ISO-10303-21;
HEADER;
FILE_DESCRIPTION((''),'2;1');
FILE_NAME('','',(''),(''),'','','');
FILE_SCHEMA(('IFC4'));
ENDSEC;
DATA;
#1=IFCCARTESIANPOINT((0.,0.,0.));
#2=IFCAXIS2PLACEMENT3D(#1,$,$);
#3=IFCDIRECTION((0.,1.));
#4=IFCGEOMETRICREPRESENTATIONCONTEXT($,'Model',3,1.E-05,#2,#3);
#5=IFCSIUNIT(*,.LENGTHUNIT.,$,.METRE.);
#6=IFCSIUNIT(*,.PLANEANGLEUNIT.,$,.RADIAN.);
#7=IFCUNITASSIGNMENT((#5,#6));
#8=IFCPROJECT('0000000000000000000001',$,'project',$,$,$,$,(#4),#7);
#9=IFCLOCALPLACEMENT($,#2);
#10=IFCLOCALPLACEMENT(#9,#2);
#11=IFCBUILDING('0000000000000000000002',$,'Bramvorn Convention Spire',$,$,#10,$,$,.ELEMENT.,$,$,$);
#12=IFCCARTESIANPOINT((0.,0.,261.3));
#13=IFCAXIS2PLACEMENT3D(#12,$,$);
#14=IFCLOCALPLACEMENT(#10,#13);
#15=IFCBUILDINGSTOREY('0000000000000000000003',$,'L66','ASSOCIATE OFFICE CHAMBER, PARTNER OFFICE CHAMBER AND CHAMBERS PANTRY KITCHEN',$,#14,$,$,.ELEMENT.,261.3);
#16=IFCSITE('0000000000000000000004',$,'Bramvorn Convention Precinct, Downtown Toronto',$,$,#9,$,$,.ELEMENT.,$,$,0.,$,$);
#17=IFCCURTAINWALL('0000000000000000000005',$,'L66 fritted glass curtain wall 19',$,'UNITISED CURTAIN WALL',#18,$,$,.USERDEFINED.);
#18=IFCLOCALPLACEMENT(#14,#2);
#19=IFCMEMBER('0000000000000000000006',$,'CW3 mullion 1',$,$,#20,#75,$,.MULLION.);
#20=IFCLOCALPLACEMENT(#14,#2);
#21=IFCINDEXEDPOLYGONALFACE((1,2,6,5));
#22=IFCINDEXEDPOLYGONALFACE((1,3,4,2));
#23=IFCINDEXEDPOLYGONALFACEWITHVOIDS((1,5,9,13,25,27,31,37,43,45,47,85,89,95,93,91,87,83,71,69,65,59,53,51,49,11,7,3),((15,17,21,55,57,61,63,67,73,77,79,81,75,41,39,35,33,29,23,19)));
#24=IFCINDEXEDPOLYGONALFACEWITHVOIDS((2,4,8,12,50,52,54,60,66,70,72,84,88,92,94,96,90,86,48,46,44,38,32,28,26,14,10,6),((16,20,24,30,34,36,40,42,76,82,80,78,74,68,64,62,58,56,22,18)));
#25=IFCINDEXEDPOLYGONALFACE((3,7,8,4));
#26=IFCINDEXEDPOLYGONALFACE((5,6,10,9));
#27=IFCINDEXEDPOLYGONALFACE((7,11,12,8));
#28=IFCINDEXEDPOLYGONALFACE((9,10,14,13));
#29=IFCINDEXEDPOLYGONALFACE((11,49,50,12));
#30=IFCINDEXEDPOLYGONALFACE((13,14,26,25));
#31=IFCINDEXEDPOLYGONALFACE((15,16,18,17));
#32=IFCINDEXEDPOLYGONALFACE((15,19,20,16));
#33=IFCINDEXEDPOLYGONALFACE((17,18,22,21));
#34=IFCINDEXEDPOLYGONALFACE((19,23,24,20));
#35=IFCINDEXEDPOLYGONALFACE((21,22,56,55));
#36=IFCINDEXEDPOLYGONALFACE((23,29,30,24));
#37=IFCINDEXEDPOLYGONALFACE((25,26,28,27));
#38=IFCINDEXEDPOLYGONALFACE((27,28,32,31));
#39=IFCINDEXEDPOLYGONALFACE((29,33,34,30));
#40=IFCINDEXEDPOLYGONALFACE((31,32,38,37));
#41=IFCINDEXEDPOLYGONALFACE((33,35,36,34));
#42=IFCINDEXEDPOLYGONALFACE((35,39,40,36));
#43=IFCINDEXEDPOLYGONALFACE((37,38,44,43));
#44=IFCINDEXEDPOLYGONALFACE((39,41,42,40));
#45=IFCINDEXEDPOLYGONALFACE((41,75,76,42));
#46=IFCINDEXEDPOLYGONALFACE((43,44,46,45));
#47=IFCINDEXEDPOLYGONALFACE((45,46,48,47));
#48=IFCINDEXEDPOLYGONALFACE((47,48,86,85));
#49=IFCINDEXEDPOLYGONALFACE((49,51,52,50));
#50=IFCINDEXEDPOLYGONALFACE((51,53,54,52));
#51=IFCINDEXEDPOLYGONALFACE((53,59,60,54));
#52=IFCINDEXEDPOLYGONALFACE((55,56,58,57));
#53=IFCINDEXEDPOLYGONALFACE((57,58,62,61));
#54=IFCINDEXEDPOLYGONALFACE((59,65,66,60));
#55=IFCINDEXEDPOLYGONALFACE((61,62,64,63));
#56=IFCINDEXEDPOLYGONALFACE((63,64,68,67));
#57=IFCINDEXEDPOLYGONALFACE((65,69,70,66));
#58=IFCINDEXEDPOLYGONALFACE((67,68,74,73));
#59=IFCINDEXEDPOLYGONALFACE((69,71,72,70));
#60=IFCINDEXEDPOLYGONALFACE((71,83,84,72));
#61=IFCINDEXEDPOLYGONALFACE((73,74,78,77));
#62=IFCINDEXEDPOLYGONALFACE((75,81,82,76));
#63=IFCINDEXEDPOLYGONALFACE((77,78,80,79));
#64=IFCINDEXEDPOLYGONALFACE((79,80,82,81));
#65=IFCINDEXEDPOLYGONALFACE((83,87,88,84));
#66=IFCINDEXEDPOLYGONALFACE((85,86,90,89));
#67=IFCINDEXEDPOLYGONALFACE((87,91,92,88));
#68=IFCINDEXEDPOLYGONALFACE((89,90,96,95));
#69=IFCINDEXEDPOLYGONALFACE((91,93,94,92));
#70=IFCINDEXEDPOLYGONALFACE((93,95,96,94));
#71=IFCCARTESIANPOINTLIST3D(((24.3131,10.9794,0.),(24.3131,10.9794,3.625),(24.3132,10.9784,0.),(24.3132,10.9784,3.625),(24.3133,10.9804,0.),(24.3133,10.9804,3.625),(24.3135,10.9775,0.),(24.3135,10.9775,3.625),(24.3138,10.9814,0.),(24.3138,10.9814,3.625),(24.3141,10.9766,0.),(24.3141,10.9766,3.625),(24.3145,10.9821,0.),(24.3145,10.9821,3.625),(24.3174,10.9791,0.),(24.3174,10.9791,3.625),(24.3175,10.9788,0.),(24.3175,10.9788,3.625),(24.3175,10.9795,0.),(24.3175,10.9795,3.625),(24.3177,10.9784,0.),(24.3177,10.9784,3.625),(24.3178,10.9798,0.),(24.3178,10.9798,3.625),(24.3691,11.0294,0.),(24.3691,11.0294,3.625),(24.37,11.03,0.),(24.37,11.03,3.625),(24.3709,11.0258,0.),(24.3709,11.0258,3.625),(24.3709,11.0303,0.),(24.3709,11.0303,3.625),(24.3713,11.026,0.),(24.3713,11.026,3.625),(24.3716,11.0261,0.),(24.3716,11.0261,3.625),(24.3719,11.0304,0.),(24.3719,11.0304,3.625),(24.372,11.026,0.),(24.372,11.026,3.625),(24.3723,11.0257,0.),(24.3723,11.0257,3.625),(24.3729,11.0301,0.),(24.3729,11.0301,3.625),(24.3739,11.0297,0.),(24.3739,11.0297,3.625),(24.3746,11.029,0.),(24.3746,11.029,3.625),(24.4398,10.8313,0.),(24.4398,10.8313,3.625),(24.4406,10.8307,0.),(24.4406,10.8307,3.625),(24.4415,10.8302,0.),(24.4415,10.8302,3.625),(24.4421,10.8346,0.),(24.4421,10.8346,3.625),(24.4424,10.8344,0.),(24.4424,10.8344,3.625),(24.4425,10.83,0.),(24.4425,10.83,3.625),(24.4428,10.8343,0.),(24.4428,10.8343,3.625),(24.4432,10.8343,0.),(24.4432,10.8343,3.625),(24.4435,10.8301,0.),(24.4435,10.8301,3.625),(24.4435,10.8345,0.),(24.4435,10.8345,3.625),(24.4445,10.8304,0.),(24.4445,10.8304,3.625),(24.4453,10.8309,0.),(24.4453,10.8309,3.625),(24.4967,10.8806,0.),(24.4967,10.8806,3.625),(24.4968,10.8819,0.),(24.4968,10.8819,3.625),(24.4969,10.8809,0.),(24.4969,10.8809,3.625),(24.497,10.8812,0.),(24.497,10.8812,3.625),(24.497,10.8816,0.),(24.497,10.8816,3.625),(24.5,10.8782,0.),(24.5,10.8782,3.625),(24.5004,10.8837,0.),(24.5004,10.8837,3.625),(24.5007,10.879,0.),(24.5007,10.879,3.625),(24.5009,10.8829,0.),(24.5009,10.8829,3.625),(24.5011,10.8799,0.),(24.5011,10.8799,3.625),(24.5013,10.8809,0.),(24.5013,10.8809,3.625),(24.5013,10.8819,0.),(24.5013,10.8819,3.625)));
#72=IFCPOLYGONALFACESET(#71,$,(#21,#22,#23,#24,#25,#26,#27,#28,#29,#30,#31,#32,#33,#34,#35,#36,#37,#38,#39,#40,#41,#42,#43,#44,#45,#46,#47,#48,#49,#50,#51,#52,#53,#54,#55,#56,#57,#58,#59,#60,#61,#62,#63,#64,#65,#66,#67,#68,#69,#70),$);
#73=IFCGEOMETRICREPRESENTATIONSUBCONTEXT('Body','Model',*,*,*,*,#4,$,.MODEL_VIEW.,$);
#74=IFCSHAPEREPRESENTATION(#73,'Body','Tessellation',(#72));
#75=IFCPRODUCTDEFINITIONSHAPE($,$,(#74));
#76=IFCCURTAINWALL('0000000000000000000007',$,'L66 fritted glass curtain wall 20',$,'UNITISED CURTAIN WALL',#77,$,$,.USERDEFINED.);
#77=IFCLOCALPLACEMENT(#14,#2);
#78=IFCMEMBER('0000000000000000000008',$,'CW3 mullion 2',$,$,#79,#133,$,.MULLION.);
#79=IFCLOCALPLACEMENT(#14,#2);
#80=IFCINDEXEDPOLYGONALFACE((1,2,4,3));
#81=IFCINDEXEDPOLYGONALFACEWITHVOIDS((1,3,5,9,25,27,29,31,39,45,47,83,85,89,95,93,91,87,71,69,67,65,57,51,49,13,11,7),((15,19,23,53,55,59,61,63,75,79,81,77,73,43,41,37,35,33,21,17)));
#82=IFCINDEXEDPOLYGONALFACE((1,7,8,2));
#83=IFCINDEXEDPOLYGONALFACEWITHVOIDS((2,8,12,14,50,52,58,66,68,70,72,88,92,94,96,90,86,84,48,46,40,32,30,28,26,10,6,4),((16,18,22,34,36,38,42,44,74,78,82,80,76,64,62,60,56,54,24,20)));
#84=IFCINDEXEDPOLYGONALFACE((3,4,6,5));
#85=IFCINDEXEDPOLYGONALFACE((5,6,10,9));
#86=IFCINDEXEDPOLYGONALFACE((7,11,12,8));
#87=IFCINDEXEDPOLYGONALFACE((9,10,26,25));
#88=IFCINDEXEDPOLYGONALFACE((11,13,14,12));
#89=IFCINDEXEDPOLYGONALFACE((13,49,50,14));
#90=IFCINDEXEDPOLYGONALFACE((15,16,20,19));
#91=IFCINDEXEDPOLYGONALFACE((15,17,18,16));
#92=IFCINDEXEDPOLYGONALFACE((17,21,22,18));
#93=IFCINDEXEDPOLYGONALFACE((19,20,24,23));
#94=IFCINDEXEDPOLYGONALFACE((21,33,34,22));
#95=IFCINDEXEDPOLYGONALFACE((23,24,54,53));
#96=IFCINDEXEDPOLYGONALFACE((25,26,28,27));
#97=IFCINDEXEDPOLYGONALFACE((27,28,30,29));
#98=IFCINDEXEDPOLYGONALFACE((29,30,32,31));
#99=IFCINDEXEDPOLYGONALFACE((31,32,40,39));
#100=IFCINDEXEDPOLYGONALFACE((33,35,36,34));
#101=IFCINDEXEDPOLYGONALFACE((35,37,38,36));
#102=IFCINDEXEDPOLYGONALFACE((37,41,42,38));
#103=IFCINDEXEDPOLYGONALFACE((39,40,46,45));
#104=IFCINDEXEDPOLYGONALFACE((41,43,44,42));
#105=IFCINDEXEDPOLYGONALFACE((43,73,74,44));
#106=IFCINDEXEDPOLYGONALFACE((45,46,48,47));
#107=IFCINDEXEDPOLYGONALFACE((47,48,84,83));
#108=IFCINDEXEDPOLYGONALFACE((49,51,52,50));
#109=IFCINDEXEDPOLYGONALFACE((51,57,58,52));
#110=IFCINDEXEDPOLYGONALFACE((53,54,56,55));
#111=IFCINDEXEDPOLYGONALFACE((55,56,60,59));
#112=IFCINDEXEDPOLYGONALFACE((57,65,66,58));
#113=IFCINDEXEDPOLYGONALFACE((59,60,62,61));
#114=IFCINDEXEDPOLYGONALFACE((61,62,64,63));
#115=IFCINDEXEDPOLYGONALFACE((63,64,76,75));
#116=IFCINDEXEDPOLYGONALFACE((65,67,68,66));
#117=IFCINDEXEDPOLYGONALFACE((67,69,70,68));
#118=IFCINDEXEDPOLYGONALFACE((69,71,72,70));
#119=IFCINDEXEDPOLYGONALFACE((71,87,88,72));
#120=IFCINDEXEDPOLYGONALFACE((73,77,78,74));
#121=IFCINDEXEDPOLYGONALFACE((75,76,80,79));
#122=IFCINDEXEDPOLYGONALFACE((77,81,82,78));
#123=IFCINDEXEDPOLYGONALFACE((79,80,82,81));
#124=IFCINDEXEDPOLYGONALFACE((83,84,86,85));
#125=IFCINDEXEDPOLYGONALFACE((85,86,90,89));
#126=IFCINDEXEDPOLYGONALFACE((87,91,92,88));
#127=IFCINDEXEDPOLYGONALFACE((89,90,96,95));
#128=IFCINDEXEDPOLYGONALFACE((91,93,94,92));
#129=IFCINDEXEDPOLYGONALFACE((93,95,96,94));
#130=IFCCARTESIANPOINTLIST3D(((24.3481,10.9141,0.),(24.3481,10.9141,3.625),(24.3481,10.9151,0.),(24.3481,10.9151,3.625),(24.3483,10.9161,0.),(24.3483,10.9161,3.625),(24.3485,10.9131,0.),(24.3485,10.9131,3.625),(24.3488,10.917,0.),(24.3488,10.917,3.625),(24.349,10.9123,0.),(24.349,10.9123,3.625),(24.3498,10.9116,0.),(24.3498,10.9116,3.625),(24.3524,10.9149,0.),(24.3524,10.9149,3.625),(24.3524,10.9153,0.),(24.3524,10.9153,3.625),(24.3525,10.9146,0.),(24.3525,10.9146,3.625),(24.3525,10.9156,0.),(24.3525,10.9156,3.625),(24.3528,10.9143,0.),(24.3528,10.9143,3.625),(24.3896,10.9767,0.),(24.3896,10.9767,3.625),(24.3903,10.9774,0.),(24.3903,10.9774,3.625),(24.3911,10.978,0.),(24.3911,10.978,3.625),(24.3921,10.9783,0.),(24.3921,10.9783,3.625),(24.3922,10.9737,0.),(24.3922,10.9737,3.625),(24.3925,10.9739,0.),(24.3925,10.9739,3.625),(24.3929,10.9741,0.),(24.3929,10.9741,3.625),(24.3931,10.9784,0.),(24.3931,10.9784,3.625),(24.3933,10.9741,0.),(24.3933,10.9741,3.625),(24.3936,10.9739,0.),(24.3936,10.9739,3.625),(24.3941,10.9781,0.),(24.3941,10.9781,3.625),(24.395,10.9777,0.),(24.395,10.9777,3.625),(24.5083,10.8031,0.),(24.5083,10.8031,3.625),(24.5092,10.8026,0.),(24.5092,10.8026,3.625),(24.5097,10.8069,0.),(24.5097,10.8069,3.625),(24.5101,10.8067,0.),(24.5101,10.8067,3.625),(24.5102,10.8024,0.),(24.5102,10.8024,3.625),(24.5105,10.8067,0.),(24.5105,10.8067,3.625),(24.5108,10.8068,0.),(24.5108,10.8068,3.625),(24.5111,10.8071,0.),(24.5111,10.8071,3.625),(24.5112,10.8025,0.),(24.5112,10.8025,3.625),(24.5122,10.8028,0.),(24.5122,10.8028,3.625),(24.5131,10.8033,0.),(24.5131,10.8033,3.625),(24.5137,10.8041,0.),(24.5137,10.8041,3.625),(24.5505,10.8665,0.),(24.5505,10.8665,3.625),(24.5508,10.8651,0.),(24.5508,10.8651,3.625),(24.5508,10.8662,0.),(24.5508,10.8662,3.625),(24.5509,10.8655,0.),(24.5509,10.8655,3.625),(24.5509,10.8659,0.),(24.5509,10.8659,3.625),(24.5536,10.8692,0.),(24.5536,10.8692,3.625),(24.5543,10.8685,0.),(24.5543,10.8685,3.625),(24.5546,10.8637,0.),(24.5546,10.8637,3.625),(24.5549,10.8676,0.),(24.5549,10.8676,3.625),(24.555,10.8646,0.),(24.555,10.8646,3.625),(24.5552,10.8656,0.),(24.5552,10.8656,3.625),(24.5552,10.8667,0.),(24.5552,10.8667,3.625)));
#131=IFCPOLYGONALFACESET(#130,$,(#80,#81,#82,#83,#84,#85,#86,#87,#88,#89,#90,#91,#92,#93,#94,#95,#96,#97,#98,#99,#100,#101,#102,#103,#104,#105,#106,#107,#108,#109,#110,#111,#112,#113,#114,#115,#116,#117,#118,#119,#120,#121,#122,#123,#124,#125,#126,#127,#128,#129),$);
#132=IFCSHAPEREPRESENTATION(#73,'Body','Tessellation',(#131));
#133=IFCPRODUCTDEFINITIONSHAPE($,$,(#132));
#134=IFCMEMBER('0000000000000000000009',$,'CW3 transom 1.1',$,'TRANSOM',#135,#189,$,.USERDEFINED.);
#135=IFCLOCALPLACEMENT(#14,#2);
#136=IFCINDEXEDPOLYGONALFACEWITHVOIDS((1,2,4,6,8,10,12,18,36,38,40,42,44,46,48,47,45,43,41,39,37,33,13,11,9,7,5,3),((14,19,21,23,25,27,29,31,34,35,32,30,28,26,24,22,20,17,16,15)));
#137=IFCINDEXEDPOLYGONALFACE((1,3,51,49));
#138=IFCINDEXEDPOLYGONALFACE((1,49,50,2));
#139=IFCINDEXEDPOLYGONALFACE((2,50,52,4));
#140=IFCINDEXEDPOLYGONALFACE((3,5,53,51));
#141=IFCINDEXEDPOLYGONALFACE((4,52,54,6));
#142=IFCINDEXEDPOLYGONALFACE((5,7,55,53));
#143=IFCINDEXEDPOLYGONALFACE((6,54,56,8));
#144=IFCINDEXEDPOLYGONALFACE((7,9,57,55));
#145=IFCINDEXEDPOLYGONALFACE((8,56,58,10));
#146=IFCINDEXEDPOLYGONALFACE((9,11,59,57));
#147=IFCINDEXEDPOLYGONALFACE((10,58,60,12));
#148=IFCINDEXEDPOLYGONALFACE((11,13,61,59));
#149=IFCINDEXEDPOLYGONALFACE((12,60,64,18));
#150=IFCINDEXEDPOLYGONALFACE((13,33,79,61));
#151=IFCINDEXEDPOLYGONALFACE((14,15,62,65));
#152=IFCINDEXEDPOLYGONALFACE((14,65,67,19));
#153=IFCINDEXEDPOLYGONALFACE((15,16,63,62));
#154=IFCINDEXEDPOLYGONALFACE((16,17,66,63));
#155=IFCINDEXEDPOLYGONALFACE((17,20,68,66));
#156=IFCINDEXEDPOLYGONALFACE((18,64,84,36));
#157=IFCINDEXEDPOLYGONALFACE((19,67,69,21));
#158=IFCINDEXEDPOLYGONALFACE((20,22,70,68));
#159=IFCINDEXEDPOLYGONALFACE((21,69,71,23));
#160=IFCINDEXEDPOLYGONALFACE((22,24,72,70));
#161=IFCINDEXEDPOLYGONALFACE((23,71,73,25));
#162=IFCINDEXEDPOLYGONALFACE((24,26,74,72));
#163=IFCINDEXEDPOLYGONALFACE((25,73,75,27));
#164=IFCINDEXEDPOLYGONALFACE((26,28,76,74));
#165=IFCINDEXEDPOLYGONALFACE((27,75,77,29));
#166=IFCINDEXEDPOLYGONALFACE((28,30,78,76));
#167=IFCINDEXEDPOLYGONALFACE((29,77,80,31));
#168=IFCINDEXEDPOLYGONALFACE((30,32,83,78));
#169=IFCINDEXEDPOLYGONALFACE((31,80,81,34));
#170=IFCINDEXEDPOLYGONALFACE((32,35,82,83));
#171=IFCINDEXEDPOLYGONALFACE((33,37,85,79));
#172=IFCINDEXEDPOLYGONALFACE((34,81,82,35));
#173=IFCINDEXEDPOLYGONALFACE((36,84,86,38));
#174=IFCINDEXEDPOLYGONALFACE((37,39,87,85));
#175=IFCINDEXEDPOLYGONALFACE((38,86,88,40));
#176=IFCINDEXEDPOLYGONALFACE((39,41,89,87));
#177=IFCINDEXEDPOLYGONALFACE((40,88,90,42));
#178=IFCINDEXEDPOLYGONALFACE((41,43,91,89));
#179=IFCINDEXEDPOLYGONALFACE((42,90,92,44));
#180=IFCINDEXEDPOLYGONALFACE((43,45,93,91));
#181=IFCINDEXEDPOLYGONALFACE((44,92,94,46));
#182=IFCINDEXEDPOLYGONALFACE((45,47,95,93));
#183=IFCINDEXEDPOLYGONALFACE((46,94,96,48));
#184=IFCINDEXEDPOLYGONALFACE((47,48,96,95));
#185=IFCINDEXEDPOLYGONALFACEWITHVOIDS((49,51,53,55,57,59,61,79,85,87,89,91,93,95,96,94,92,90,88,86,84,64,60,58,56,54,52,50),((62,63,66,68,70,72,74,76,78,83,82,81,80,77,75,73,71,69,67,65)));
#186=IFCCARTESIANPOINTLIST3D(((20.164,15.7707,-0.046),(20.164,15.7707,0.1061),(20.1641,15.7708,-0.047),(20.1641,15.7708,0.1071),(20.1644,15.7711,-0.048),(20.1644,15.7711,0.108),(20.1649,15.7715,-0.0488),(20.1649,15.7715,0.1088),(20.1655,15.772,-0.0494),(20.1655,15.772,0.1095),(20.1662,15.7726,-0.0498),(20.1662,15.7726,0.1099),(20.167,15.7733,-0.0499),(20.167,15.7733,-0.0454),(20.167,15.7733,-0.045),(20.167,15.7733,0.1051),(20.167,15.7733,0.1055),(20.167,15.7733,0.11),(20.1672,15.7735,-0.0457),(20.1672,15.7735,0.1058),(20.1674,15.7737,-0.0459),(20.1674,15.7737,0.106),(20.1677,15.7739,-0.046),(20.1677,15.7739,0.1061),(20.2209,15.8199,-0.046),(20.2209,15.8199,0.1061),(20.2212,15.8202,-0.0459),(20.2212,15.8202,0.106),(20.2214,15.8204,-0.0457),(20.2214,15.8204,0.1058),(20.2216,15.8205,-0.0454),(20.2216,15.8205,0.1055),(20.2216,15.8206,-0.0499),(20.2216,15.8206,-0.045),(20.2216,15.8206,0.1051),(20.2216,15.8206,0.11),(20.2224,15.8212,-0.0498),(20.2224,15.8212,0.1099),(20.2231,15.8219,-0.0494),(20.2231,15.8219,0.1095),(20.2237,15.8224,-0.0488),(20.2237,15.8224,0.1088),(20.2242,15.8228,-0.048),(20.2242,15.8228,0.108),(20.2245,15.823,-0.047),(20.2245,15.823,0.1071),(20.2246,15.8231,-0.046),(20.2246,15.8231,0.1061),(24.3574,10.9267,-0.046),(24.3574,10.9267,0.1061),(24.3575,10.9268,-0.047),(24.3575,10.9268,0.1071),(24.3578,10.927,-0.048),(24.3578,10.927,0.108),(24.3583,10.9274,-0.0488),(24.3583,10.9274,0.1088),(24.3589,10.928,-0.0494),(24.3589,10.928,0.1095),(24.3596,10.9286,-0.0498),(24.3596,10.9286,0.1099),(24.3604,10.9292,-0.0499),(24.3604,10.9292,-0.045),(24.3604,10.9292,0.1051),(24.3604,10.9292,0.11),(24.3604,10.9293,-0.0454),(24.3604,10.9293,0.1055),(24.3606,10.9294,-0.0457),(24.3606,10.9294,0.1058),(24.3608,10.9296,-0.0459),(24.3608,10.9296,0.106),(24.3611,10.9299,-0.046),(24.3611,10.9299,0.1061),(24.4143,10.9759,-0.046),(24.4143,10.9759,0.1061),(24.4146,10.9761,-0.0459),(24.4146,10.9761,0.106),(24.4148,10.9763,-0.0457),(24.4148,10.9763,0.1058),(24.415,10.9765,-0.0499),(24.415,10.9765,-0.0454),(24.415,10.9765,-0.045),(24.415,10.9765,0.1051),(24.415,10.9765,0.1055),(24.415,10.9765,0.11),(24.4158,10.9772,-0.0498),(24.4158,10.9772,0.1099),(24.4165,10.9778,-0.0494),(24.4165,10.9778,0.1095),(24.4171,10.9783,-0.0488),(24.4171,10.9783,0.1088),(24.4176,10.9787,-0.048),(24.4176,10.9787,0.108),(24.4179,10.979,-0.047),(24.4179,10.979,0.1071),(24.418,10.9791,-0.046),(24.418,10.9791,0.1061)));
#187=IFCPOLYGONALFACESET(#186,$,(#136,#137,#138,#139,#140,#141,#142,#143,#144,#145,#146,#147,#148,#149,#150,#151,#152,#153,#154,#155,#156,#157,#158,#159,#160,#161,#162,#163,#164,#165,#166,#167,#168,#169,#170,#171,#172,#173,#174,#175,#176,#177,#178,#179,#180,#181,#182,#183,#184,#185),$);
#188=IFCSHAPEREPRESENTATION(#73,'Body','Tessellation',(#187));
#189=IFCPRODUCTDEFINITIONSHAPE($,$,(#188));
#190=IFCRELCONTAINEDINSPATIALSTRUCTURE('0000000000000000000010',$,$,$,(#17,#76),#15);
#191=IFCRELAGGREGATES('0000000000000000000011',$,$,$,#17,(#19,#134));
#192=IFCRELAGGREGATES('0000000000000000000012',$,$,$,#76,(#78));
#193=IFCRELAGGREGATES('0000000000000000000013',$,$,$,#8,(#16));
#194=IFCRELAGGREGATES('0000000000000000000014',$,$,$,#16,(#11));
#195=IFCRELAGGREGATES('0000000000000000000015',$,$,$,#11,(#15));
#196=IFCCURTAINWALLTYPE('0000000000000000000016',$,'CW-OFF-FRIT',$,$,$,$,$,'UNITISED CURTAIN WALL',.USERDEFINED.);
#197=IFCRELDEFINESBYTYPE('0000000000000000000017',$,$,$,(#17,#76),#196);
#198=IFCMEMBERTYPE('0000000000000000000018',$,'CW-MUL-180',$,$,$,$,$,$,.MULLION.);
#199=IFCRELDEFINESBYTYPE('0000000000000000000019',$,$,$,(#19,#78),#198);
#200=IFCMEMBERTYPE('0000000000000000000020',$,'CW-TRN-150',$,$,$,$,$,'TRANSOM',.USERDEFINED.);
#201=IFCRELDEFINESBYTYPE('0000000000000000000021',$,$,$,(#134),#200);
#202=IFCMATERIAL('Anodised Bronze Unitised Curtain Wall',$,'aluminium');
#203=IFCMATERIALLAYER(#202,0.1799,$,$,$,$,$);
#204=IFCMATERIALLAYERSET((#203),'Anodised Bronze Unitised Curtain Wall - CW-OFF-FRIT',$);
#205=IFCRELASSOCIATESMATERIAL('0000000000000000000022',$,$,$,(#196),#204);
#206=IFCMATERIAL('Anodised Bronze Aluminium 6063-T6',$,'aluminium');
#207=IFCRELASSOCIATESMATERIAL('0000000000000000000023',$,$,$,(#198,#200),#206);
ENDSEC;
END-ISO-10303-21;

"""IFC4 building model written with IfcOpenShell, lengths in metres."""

from ifc_helpers import new_model, si_unit, direction, frame, origin, origin_2d, place, context, subcontext, project, spatial, hollow_rectangle, extrude, material, layer, layer_set, material_profile, profile_set, type_object, element, aggregate, save


model = new_model("IFC4")

# Units and contexts
model_context = context("Model", 3, precision=1e-05, world=origin(), true_north=direction((0.0, 1.0)))
body_context = subcontext(model_context, "Body", "Model", "MODEL_VIEW")
ifc_project = project(units=[si_unit("LENGTHUNIT", "METRE"), si_unit("PLANEANGLEUNIT", "RADIAN")], contexts=[model_context])

# Site, building, storey
site_placement = place(None, origin())
site = spatial("IfcSite", under=ifc_project, at=site_placement, Name="Bramvorn Convention Precinct, Downtown Toronto", CompositionType="ELEMENT", RefElevation=0.0)
building_placement = place(site_placement, origin())
building = spatial("IfcBuilding", under=site, at=building_placement, Name="Bramvorn Convention Spire", CompositionType="ELEMENT")
storey_placement = place(building_placement, frame((0.0, 0.0, 261.3)))
storey = spatial("IfcBuildingStorey", under=building, at=storey_placement, Name="L66", Description="ASSOCIATE OFFICE CHAMBER, PARTNER OFFICE CHAMBER AND CHAMBERS PANTRY KITCHEN", CompositionType="ELEMENT", Elevation=261.3)

# Curtain walls, members
ifc_material_1 = material(Name="Anodised Bronze Unitised Curtain Wall", Category="aluminium")
ifc_layer_1 = layer(ifc_material_1, 0.1799)
ifc_layer_set_1 = layer_set([ifc_layer_1], Name="Anodised Bronze Unitised Curtain Wall - CW-OFF-FRIT")
curtain_wall_type = type_object("IfcCurtainWallType", Name="CW-OFF-FRIT", ElementType="UNITISED CURTAIN WALL", PredefinedType="USERDEFINED", material=ifc_layer_set_1)
curtain_wall_1_placement = place(storey_placement, origin())
curtain_wall_1 = element("IfcCurtainWall", 1, at=curtain_wall_1_placement, inside=storey, type_object=curtain_wall_type, Name="L66 fritted glass curtain wall 19", ObjectType="UNITISED CURTAIN WALL", PredefinedType="USERDEFINED")
ifc_material_2 = material(Name="Anodised Bronze Aluminium 6063-T6", Category="aluminium")
ifc_material_profile_1 = material_profile(ifc_material_2, hollow_rectangle(XDim=0.0801, YDim=0.2, WallThickness=0.0039, InnerFilletRadius=0.001, OuterFilletRadius=0.0039, at=origin_2d()))
ifc_profile_set_1 = profile_set([ifc_material_profile_1], Name="Anodised Bronze Aluminium 6063-T6 - CWM80X200")
member_type_1 = type_object("IfcMemberType", Name="CW-MUL-180", PredefinedType="MULLION", material=ifc_profile_set_1)
member_1_placement = place(storey_placement, frame((24.4072, 10.9302, 0.0), z_axis=(0.0, 0.0, 1.0), x_axis=(-0.756063, -0.654499, 0.0)))
member_1 = element("IfcMember", 2, at=member_1_placement, type_object=member_type_1, Name="CW3 mullion 1", PredefinedType="MULLION", context=body_context, shape_type="SweptSolid", body=[
    extrude(hollow_rectangle(XDim=0.0801, YDim=0.2, WallThickness=0.0039, InnerFilletRadius=0.001, OuterFilletRadius=0.0039, at=origin_2d()), origin(), (0.0, 0.0, 1.0), 3.625),
])
curtain_wall_2_placement = place(storey_placement, origin())
curtain_wall_2 = element("IfcCurtainWall", 3, at=curtain_wall_2_placement, inside=storey, type_object=curtain_wall_type, Name="L66 fritted glass curtain wall 20", ObjectType="UNITISED CURTAIN WALL", PredefinedType="USERDEFINED")
member_2_placement = place(storey_placement, frame((24.4517, 10.8904, 0.0), z_axis=(0.0, 0.0, 1.0), x_axis=(-0.564864, -0.825184, 0.0)))
member_2 = element("IfcMember", 4, at=member_2_placement, type_object=member_type_1, Name="CW3 mullion 2", PredefinedType="MULLION", context=body_context, shape_type="SweptSolid", body=[
    extrude(hollow_rectangle(XDim=0.0801, YDim=0.2, WallThickness=0.0039, InnerFilletRadius=0.001, OuterFilletRadius=0.0039, at=origin_2d()), origin(), (0.0, 0.0, 1.0), 3.625),
])

# Member
ifc_material_profile_2 = material_profile(ifc_material_2, hollow_rectangle(XDim=0.0801, YDim=0.1599, WallThickness=0.0039, InnerFilletRadius=0.001, OuterFilletRadius=0.0039, at=origin_2d()))
ifc_profile_set_2 = profile_set([ifc_material_profile_2], Name="Anodised Bronze Aluminium 6063-T6 - CWT80X160")
member_type_2 = type_object("IfcMemberType", Name="CW-TRN-150", ElementType="TRANSOM", PredefinedType="USERDEFINED", material=ifc_profile_set_2)
member_3_placement = place(storey_placement, frame((24.3877, 10.9529, 0.03), z_axis=(-0.654505, 0.756057, 0.0), x_axis=(-0.756057, -0.654505, 0.0)))
member_3 = element("IfcMember", 5, at=member_3_placement, type_object=member_type_2, Name="CW3 transom 1.1", ObjectType="TRANSOM", PredefinedType="USERDEFINED", context=body_context, shape_type="SweptSolid", body=[
    extrude(hollow_rectangle(XDim=0.0801, YDim=0.1599, WallThickness=0.0039, InnerFilletRadius=0.001, OuterFilletRadius=0.0039, at=origin_2d()), origin(), (0.0, 0.0, 1.0), 6.407),
])
aggregate(curtain_wall_1, [member_1, member_3])

aggregate(curtain_wall_2, [member_2])

save(model, "model.ifc")
